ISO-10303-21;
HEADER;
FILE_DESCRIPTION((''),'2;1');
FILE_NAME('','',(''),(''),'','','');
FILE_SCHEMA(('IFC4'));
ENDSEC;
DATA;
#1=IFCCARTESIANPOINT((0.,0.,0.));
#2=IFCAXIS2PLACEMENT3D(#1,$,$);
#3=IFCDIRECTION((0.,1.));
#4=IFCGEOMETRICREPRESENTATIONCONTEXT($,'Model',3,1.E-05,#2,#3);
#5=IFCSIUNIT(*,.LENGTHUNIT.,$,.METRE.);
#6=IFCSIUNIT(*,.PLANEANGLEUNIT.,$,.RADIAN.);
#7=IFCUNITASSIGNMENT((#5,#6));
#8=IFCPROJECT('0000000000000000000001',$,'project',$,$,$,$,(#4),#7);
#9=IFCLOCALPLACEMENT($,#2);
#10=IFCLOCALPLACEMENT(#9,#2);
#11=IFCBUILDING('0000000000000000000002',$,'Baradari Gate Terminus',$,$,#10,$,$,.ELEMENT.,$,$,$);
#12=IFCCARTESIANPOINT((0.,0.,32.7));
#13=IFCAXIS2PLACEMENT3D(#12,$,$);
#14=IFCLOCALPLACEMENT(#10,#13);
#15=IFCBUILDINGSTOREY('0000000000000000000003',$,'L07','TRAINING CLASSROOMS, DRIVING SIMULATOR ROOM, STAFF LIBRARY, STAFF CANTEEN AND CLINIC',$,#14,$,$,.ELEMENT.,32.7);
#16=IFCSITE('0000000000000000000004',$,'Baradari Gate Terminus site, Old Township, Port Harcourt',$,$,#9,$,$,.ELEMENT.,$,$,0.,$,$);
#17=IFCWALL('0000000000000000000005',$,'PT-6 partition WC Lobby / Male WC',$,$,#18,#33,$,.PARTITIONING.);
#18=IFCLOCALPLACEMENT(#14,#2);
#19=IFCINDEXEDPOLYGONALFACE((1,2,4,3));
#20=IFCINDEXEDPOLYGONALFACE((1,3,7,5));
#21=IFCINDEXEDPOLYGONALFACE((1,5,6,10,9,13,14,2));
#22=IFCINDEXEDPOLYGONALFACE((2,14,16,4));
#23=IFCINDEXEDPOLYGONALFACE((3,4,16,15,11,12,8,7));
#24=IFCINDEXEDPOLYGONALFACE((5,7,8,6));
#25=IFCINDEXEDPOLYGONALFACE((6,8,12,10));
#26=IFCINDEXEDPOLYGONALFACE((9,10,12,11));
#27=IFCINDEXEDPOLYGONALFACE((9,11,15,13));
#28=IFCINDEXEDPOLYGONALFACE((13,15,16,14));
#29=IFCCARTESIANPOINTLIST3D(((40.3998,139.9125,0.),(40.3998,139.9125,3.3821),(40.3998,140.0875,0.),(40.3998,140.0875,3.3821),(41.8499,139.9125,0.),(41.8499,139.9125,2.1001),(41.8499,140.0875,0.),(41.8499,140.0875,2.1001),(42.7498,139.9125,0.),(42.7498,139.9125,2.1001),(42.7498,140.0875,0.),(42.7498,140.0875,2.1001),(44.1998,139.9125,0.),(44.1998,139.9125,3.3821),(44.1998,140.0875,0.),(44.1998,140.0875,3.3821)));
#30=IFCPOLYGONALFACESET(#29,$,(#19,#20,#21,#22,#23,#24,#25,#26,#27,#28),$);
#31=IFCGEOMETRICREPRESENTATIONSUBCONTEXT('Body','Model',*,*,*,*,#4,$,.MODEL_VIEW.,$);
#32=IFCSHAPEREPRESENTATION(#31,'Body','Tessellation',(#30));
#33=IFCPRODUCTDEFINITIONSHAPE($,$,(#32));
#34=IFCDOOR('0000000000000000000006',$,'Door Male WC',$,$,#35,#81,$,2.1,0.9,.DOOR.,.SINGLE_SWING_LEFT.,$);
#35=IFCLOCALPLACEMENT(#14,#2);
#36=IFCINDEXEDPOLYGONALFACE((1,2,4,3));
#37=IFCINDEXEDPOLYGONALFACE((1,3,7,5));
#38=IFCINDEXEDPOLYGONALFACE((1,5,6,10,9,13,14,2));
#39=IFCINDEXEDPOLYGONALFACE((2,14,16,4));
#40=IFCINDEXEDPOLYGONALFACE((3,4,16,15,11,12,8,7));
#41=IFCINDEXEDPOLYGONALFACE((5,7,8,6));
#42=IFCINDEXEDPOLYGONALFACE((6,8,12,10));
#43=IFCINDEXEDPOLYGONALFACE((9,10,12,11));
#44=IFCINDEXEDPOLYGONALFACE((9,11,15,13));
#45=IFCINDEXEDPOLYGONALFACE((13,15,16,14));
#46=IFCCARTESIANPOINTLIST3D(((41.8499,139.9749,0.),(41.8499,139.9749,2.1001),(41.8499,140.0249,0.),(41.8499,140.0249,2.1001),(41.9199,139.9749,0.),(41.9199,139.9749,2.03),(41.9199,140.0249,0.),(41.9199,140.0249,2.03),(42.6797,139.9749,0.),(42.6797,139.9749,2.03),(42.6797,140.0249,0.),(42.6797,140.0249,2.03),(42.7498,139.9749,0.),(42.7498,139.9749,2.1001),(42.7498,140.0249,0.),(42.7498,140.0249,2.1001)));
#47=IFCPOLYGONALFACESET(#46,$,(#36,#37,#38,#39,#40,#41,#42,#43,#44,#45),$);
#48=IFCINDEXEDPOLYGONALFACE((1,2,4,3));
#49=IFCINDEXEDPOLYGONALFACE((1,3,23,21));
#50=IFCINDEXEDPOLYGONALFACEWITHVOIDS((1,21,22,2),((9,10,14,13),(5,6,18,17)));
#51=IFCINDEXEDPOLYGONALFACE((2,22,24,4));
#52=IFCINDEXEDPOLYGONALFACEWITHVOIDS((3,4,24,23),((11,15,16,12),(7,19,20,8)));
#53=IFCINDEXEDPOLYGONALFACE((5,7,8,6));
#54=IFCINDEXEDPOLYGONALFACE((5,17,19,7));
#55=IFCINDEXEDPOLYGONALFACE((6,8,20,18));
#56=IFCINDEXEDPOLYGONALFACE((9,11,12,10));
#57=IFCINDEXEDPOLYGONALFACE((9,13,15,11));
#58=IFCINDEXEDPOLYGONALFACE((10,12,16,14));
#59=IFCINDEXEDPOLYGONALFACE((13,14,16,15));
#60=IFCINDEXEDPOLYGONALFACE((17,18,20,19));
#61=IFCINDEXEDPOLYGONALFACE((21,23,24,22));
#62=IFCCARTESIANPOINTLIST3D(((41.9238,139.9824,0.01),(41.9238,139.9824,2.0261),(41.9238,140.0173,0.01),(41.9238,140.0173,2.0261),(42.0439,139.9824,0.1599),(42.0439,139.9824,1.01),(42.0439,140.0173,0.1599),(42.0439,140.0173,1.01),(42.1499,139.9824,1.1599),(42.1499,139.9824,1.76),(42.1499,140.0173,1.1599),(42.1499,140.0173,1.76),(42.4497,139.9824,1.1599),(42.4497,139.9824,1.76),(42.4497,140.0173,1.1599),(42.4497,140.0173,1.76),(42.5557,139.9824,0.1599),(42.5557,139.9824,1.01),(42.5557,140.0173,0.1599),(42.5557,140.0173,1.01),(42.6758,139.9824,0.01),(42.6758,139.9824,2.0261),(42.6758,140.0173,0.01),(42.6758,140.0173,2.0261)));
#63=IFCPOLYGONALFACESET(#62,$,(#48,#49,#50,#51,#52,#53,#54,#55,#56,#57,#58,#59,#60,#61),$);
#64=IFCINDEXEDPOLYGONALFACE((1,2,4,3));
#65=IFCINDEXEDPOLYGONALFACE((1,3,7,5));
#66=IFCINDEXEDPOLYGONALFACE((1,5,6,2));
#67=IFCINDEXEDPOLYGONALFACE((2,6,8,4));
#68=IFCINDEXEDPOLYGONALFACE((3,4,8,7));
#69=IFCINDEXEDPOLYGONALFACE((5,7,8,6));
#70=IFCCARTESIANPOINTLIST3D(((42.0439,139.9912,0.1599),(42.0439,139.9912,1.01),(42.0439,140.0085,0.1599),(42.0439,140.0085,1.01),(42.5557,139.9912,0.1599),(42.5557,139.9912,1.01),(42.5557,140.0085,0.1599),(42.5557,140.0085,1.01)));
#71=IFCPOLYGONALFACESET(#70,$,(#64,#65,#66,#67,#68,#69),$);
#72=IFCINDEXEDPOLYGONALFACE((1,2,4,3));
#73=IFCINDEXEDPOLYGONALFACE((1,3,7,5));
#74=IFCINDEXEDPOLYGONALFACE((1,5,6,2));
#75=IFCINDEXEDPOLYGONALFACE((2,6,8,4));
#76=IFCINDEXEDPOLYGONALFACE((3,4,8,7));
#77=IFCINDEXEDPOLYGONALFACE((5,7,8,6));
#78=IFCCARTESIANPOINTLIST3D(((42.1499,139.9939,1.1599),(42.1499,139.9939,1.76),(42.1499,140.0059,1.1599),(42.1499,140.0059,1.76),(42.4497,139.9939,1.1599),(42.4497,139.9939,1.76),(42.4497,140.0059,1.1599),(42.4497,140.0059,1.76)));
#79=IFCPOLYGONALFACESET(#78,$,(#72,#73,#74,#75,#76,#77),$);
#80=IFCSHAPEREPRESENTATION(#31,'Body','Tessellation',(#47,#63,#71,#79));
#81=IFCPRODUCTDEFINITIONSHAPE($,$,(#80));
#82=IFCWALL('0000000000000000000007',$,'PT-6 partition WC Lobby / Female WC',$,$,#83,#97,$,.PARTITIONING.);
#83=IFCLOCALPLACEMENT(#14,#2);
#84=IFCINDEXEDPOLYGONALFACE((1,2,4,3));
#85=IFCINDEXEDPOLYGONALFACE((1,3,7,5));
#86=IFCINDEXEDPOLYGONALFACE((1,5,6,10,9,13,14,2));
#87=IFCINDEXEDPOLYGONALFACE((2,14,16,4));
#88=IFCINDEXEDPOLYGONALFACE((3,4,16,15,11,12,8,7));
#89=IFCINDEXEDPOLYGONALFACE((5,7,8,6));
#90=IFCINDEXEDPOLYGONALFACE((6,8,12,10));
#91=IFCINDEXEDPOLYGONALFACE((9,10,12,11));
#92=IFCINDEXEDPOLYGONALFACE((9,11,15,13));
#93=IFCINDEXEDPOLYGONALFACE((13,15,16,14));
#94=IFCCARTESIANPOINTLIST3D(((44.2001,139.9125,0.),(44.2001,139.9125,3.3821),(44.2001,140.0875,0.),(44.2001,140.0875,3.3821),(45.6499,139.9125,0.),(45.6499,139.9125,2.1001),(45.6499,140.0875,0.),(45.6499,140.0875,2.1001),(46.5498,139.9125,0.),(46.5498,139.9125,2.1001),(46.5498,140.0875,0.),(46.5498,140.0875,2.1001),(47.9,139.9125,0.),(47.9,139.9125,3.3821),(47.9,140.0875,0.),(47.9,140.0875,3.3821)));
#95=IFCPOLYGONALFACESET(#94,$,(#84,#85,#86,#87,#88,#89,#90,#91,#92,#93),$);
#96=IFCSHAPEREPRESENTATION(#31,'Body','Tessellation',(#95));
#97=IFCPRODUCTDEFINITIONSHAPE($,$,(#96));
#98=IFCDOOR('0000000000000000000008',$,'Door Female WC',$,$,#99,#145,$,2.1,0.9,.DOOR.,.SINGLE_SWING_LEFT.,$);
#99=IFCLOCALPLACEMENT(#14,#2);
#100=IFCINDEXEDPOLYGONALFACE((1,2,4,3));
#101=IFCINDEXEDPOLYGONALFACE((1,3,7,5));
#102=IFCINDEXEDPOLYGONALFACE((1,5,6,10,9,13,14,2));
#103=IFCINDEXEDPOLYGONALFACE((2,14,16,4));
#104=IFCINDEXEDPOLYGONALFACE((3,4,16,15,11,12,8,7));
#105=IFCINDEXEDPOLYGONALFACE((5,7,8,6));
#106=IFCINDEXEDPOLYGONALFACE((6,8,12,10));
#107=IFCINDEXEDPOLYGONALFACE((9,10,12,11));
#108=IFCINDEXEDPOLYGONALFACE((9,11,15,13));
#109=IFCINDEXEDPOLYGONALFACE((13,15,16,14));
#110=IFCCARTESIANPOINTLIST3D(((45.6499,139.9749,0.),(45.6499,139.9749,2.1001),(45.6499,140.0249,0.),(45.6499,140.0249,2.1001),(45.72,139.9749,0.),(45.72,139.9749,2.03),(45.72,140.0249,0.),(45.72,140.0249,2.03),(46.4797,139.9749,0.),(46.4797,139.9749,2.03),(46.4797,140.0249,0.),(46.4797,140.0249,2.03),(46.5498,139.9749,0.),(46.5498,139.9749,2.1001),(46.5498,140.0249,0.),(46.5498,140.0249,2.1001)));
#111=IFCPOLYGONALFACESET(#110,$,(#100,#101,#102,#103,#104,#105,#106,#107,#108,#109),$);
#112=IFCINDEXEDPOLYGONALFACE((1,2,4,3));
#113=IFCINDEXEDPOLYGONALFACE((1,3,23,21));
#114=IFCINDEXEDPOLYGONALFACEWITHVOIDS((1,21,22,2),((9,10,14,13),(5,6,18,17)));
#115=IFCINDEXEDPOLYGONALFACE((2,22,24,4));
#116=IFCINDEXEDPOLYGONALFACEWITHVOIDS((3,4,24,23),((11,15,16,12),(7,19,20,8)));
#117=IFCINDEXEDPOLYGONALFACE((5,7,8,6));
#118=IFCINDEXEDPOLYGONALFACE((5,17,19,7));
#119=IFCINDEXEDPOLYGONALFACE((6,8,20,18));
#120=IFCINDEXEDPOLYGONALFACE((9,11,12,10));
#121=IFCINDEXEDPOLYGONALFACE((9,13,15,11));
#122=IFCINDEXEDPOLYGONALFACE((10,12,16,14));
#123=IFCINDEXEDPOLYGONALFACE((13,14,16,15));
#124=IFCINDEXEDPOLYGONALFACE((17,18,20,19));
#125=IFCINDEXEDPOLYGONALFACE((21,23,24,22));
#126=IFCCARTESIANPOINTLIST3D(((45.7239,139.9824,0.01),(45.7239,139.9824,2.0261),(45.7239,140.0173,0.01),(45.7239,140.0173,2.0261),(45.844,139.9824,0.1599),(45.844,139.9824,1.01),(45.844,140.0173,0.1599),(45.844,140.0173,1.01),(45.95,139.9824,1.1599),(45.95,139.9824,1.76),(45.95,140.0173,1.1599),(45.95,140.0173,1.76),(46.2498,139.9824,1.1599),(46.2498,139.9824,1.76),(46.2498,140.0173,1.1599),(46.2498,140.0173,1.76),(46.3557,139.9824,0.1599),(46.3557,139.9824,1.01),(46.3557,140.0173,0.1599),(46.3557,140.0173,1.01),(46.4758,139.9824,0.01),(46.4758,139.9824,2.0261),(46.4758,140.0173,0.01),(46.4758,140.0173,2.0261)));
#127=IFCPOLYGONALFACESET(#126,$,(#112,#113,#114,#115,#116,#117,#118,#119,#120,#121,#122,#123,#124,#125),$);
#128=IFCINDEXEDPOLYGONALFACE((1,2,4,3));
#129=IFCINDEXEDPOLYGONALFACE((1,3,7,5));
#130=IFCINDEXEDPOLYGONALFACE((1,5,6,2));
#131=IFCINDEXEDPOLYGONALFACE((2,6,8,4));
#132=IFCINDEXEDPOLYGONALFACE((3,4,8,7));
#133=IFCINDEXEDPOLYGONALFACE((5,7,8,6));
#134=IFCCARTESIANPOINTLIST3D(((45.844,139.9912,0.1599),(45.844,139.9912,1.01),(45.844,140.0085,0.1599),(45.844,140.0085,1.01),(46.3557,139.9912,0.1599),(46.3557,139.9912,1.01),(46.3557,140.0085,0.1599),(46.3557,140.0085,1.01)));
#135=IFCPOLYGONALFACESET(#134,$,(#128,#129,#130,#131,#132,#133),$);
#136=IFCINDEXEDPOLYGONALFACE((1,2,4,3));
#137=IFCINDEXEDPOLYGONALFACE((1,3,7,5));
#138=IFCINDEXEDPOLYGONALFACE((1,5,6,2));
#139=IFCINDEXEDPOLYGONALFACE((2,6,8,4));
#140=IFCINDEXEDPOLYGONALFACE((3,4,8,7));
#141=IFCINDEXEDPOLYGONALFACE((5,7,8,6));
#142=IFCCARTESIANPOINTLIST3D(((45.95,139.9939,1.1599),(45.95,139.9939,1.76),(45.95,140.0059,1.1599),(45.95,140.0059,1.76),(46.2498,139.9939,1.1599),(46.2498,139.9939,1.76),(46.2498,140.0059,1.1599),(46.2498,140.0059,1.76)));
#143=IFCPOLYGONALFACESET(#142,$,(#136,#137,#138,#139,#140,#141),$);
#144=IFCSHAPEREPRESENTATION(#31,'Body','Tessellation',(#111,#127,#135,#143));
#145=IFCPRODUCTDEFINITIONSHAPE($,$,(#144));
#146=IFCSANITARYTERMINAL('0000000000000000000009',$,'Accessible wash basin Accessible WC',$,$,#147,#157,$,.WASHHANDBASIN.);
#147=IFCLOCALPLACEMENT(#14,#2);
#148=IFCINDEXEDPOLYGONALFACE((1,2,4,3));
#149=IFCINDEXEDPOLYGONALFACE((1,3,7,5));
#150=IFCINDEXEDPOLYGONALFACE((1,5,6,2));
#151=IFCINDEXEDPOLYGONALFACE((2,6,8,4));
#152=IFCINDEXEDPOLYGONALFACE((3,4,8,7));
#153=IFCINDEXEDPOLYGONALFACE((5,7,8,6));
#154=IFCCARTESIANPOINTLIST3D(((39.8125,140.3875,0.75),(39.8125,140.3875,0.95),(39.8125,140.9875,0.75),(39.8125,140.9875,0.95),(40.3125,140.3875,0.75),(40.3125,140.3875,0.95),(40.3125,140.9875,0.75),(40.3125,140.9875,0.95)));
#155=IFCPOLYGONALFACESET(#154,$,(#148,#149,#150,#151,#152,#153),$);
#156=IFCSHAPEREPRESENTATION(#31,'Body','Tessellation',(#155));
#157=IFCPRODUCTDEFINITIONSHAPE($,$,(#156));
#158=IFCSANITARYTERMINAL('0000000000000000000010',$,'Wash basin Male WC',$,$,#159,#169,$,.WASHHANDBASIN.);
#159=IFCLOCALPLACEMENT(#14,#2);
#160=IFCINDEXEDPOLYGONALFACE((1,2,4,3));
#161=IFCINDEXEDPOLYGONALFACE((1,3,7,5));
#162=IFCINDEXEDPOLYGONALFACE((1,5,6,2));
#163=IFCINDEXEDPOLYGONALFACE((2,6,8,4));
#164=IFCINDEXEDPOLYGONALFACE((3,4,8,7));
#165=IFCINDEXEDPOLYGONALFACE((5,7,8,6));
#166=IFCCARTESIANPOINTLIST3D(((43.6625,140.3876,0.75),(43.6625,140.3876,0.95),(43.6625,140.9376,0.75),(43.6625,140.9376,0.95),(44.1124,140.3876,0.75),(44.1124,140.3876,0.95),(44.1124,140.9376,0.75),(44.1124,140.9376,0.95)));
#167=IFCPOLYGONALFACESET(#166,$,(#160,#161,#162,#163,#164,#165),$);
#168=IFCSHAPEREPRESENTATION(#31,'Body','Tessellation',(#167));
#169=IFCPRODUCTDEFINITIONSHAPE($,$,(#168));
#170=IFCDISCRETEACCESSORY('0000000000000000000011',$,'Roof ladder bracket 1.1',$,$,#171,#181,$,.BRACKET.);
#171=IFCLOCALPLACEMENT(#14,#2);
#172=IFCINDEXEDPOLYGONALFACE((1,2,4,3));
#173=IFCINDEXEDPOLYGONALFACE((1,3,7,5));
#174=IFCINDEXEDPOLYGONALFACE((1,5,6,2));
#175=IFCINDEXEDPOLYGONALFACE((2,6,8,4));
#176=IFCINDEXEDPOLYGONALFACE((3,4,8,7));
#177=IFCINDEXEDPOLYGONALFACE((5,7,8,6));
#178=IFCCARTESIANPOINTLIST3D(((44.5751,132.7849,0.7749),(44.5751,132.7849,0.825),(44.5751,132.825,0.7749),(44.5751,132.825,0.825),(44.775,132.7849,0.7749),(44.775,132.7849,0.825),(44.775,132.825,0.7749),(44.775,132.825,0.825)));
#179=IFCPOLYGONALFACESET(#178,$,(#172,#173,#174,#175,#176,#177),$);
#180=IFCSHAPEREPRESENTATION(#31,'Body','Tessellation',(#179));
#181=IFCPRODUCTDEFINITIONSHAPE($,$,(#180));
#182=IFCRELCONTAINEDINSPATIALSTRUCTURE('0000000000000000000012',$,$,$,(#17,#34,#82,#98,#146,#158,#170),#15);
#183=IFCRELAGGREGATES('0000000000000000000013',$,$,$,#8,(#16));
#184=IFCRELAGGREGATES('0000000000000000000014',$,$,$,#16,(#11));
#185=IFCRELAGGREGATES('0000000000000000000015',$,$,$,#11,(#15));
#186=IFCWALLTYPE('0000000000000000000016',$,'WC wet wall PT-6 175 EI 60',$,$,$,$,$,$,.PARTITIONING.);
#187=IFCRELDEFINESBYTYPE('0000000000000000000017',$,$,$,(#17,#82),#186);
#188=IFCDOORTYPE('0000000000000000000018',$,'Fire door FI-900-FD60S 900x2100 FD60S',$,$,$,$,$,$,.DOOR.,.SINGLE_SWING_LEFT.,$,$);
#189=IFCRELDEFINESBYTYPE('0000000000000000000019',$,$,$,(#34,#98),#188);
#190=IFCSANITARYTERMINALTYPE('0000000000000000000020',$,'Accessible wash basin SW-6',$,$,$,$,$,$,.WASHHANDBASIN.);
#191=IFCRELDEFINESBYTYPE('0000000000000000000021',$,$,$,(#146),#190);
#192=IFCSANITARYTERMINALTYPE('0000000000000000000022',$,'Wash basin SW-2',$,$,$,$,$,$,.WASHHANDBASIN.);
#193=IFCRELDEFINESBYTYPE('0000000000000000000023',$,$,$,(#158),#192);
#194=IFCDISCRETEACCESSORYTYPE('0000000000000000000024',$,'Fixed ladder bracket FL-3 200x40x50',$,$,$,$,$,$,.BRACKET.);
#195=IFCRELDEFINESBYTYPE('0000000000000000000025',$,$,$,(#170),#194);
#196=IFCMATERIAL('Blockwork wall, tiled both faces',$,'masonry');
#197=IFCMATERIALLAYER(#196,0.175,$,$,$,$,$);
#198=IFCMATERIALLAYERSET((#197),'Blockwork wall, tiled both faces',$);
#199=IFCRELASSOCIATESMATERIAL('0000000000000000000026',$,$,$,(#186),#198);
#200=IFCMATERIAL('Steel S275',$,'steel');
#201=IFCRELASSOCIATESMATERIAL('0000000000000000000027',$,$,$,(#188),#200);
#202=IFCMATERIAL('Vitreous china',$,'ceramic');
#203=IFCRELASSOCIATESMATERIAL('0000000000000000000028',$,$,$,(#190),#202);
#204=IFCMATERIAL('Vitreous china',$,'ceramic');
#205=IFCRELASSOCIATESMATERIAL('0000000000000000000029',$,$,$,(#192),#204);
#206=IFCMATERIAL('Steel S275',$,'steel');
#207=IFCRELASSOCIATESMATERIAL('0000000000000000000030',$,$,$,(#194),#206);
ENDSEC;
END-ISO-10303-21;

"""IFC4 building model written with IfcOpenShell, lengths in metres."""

from ifc_helpers import new_model, si_unit, direction, frame, frame_2d, origin, origin_2d, place, context, subcontext, project, spatial, polyline, rectangle, outline, extrude, material, layer, layer_set, type_object, element, fill, save


model = new_model("IFC4")

# Units and contexts
model_context = context("Model", 3, precision=1e-05, world=origin(), true_north=direction((0.0, 1.0)))
body_context = subcontext(model_context, "Body", "Model", "MODEL_VIEW")
ifc_project = project(units=[si_unit("LENGTHUNIT", "METRE"), si_unit("PLANEANGLEUNIT", "RADIAN")], contexts=[model_context])

# Site, building, storey
site_placement = place(None, origin())
site = spatial("IfcSite", under=ifc_project, at=site_placement, Name="Baradari Gate Terminus site, Old Township, Port Harcourt", CompositionType="ELEMENT", RefElevation=0.0)
building_placement = place(site_placement, origin())
building = spatial("IfcBuilding", under=site, at=building_placement, Name="Baradari Gate Terminus", CompositionType="ELEMENT")
storey_placement = place(building_placement, frame((0.0, 0.0, 32.7)))
storey = spatial("IfcBuildingStorey", under=building, at=storey_placement, Name="L07", Description="TRAINING CLASSROOMS, DRIVING SIMULATOR ROOM, STAFF LIBRARY, STAFF CANTEEN AND CLINIC", CompositionType="ELEMENT", Elevation=32.7)

# Walls, openings, doors
ifc_material_1 = material(Name="Blockwork wall, tiled both faces", Category="masonry")
ifc_layer = layer(ifc_material_1, 0.175)
ifc_layer_set = layer_set([ifc_layer], Name="Blockwork wall, tiled both faces")
wall_type = type_object("IfcWallType", Name="WC wet wall PT-6 175 EI 60", PredefinedType="PARTITIONING", material=ifc_layer_set)
wall_1_placement = place(storey_placement, frame((40.3999, 140.0, 0.0), z_axis=(0.0, 0.0, 1.0), x_axis=(1.0, 0.0, 0.0)))
wall_1 = element("IfcWall", 1, at=wall_1_placement, inside=storey, type_object=wall_type, Name="PT-6 partition WC Lobby / Male WC", PredefinedType="PARTITIONING", context=body_context, shape_type="SweptSolid", body=[
    extrude(rectangle(XDim=3.8, YDim=0.175, at=frame_2d((1.8999, 0.0))), origin(), (0.0, 0.0, 1.0), 3.3821),
])
opening_1_placement = place(wall_1_placement, frame((1.45, 0.0, 0.0)))
opening_1 = element("IfcOpeningElement", 2, at=opening_1_placement, cuts=wall_1, PredefinedType="OPENING", context=body_context, shape_type="SweptSolid", body=[
    extrude(rectangle(XDim=0.8999, YDim=2.1001, at=frame_2d((0.45, 1.05))), frame((0.0, 0.0974, 0.0), z_axis=(0.0, -1.0, 0.0), x_axis=(1.0, 0.0, 0.0)), (0.0, 0.0, 1.0), 0.1951),
])
ifc_material_2 = material(Name="Steel S275", Category="steel")
door_type = type_object("IfcDoorType", Name="Fire door FI-900-FD60S 900x2100 FD60S", OperationType="SINGLE_SWING_LEFT", PredefinedType="DOOR", material=ifc_material_2)
door_1_placement = place(opening_1_placement, origin())
door_1 = element("IfcDoor", 3, at=door_1_placement, inside=storey, type_object=door_type, Name="Door Male WC", OperationType="SINGLE_SWING_LEFT", OverallHeight=2.1, OverallWidth=0.9, PredefinedType="DOOR", context=body_context, shape_type="SweptSolid", body=[
    extrude(outline(polyline([(0.0, 0.0), (0.0701, 0.0), (0.0701, 2.03), (0.8298, 2.03), (0.8298, 0.0), (0.8999, 0.0), (0.8999, 2.1001), (0.0, 2.1001), (0.0, 0.0)])), frame((0.0, 0.0249, 0.0), z_axis=(0.0, -1.0, 0.0), x_axis=(1.0, 0.0, 0.0)), (0.0, 0.0, 1.0), 0.05),
    extrude(outline(polyline([(0.074, 0.01), (0.8259, 0.01), (0.8259, 2.0261), (0.074, 2.0261), (0.074, 0.01)]), holes=[polyline([(0.1941, 0.1599), (0.7058, 0.1599), (0.7058, 1.01), (0.1941, 1.01), (0.1941, 0.1599)]), polyline([(0.3, 1.1599), (0.5999, 1.1599), (0.5999, 1.76), (0.3, 1.76), (0.3, 1.1599)])]), frame((0.0, 0.0173, 0.0), z_axis=(0.0, -1.0, 0.0), x_axis=(1.0, 0.0, 0.0)), (0.0, 0.0, 1.0), 0.0349),
    extrude(rectangle(XDim=0.5117, YDim=0.8501, at=frame_2d((0.45, 0.585))), frame((0.0, 0.0085, 0.0), z_axis=(0.0, -1.0, 0.0), x_axis=(1.0, 0.0, 0.0)), (0.0, 0.0, 1.0), 0.0173),
    extrude(rectangle(XDim=0.2998, YDim=0.6001, at=frame_2d((0.45, 1.46))), frame((0.0, 0.0059, 0.0), z_axis=(0.0, -1.0, 0.0), x_axis=(1.0, 0.0, 0.0)), (0.0, 0.0, 1.0), 0.012),
])
fill(opening_1, door_1)
wall_2_placement = place(storey_placement, frame((44.2, 140.0, 0.0), z_axis=(0.0, 0.0, 1.0), x_axis=(1.0, 0.0, 0.0)))
wall_2 = element("IfcWall", 4, at=wall_2_placement, inside=storey, type_object=wall_type, Name="PT-6 partition WC Lobby / Female WC", PredefinedType="PARTITIONING", context=body_context, shape_type="SweptSolid", body=[
    extrude(rectangle(XDim=3.7, YDim=0.175, at=frame_2d((1.8501, 0.0))), origin(), (0.0, 0.0, 1.0), 3.3821),
])
opening_2_placement = place(wall_2_placement, frame((1.45, 0.0, 0.0)))
opening_2 = element("IfcOpeningElement", 5, at=opening_2_placement, cuts=wall_2, PredefinedType="OPENING", context=body_context, shape_type="SweptSolid", body=[
    extrude(rectangle(XDim=0.8999, YDim=2.1001, at=frame_2d((0.45, 1.05))), frame((0.0, 0.0974, 0.0), z_axis=(0.0, -1.0, 0.0), x_axis=(1.0, 0.0, 0.0)), (0.0, 0.0, 1.0), 0.1951),
])
door_2_placement = place(opening_2_placement, origin())
door_2 = element("IfcDoor", 6, at=door_2_placement, inside=storey, type_object=door_type, Name="Door Female WC", OperationType="SINGLE_SWING_LEFT", OverallHeight=2.1, OverallWidth=0.9, PredefinedType="DOOR", context=body_context, shape_type="SweptSolid", body=[
    extrude(outline(polyline([(0.0, 0.0), (0.0701, 0.0), (0.0701, 2.03), (0.8298, 2.03), (0.8298, 0.0), (0.8999, 0.0), (0.8999, 2.1001), (0.0, 2.1001), (0.0, 0.0)])), frame((0.0, 0.0249, 0.0), z_axis=(0.0, -1.0, 0.0), x_axis=(1.0, 0.0, 0.0)), (0.0, 0.0, 1.0), 0.05),
    extrude(outline(polyline([(0.074, 0.01), (0.8259, 0.01), (0.8259, 2.0261), (0.074, 2.0261), (0.074, 0.01)]), holes=[polyline([(0.1941, 0.1599), (0.7058, 0.1599), (0.7058, 1.01), (0.1941, 1.01), (0.1941, 0.1599)]), polyline([(0.3, 1.1599), (0.5999, 1.1599), (0.5999, 1.76), (0.3, 1.76), (0.3, 1.1599)])]), frame((0.0, 0.0173, 0.0), z_axis=(0.0, -1.0, 0.0), x_axis=(1.0, 0.0, 0.0)), (0.0, 0.0, 1.0), 0.0349),
    extrude(rectangle(XDim=0.5117, YDim=0.8501, at=frame_2d((0.45, 0.585))), frame((0.0, 0.0085, 0.0), z_axis=(0.0, -1.0, 0.0), x_axis=(1.0, 0.0, 0.0)), (0.0, 0.0, 1.0), 0.0173),
    extrude(rectangle(XDim=0.2998, YDim=0.6001, at=frame_2d((0.45, 1.46))), frame((0.0, 0.0059, 0.0), z_axis=(0.0, -1.0, 0.0), x_axis=(1.0, 0.0, 0.0)), (0.0, 0.0, 1.0), 0.012),
])
fill(opening_2, door_2)

# Sanitary terminals
ifc_material_3 = material(Name="Vitreous china", Category="ceramic")
sanitary_terminal_type_1 = type_object("IfcSanitaryTerminalType", Name="Accessible wash basin SW-6", PredefinedType="WASHHANDBASIN", material=ifc_material_3)
sanitary_terminal_1_placement = place(storey_placement, frame((40.0625, 140.6875, 0.75), z_axis=(0.0, 0.0, 1.0), x_axis=(1.0, 0.0, 0.0)))
element("IfcSanitaryTerminal", 7, at=sanitary_terminal_1_placement, inside=storey, type_object=sanitary_terminal_type_1, Name="Accessible wash basin Accessible WC", PredefinedType="WASHHANDBASIN", context=body_context, shape_type="SweptSolid", body=[
    extrude(rectangle(XDim=0.5, YDim=0.6001, at=origin_2d()), origin(), (0.0, 0.0, 1.0), 0.2),
])
ifc_material_4 = material(Name="Vitreous china", Category="ceramic")
sanitary_terminal_type_2 = type_object("IfcSanitaryTerminalType", Name="Wash basin SW-2", PredefinedType="WASHHANDBASIN", material=ifc_material_4)
sanitary_terminal_2_placement = place(storey_placement, frame((43.8875, 140.6626, 0.75), z_axis=(0.0, 0.0, 1.0), x_axis=(1.0, 0.0, 0.0)))
element("IfcSanitaryTerminal", 8, at=sanitary_terminal_2_placement, inside=storey, type_object=sanitary_terminal_type_2, Name="Wash basin Male WC", PredefinedType="WASHHANDBASIN", context=body_context, shape_type="SweptSolid", body=[
    extrude(rectangle(XDim=0.45, YDim=0.55, at=origin_2d()), origin(), (0.0, 0.0, 1.0), 0.2),
])

# Discrete accessory
ifc_material_5 = material(Name="Steel S275", Category="steel")
discrete_accessory_type_1 = type_object("IfcDiscreteAccessoryType", Name="Fixed ladder bracket FL-3 200x40x50", PredefinedType="BRACKET", material=ifc_material_5)
for number, where, z_axis, x_axis, name in (
    (9, (44.675, 132.8049, 0.7749), (0.0, 0.0, 1.0), (1.0, 0.0, 0.0), "Roof ladder bracket 1.1"),
):
    element("IfcDiscreteAccessory", number, at=place(storey_placement, frame(where, z_axis=z_axis, x_axis=x_axis)), inside=storey, type_object=discrete_accessory_type_1, Name=name, PredefinedType="BRACKET", context=body_context, shape_type="SweptSolid", body=[
        extrude(rectangle(XDim=0.2, YDim=0.04, at=origin_2d()), origin(), (0.0, 0.0, 1.0), 0.05),
    ])

save(model, "model.ifc")
